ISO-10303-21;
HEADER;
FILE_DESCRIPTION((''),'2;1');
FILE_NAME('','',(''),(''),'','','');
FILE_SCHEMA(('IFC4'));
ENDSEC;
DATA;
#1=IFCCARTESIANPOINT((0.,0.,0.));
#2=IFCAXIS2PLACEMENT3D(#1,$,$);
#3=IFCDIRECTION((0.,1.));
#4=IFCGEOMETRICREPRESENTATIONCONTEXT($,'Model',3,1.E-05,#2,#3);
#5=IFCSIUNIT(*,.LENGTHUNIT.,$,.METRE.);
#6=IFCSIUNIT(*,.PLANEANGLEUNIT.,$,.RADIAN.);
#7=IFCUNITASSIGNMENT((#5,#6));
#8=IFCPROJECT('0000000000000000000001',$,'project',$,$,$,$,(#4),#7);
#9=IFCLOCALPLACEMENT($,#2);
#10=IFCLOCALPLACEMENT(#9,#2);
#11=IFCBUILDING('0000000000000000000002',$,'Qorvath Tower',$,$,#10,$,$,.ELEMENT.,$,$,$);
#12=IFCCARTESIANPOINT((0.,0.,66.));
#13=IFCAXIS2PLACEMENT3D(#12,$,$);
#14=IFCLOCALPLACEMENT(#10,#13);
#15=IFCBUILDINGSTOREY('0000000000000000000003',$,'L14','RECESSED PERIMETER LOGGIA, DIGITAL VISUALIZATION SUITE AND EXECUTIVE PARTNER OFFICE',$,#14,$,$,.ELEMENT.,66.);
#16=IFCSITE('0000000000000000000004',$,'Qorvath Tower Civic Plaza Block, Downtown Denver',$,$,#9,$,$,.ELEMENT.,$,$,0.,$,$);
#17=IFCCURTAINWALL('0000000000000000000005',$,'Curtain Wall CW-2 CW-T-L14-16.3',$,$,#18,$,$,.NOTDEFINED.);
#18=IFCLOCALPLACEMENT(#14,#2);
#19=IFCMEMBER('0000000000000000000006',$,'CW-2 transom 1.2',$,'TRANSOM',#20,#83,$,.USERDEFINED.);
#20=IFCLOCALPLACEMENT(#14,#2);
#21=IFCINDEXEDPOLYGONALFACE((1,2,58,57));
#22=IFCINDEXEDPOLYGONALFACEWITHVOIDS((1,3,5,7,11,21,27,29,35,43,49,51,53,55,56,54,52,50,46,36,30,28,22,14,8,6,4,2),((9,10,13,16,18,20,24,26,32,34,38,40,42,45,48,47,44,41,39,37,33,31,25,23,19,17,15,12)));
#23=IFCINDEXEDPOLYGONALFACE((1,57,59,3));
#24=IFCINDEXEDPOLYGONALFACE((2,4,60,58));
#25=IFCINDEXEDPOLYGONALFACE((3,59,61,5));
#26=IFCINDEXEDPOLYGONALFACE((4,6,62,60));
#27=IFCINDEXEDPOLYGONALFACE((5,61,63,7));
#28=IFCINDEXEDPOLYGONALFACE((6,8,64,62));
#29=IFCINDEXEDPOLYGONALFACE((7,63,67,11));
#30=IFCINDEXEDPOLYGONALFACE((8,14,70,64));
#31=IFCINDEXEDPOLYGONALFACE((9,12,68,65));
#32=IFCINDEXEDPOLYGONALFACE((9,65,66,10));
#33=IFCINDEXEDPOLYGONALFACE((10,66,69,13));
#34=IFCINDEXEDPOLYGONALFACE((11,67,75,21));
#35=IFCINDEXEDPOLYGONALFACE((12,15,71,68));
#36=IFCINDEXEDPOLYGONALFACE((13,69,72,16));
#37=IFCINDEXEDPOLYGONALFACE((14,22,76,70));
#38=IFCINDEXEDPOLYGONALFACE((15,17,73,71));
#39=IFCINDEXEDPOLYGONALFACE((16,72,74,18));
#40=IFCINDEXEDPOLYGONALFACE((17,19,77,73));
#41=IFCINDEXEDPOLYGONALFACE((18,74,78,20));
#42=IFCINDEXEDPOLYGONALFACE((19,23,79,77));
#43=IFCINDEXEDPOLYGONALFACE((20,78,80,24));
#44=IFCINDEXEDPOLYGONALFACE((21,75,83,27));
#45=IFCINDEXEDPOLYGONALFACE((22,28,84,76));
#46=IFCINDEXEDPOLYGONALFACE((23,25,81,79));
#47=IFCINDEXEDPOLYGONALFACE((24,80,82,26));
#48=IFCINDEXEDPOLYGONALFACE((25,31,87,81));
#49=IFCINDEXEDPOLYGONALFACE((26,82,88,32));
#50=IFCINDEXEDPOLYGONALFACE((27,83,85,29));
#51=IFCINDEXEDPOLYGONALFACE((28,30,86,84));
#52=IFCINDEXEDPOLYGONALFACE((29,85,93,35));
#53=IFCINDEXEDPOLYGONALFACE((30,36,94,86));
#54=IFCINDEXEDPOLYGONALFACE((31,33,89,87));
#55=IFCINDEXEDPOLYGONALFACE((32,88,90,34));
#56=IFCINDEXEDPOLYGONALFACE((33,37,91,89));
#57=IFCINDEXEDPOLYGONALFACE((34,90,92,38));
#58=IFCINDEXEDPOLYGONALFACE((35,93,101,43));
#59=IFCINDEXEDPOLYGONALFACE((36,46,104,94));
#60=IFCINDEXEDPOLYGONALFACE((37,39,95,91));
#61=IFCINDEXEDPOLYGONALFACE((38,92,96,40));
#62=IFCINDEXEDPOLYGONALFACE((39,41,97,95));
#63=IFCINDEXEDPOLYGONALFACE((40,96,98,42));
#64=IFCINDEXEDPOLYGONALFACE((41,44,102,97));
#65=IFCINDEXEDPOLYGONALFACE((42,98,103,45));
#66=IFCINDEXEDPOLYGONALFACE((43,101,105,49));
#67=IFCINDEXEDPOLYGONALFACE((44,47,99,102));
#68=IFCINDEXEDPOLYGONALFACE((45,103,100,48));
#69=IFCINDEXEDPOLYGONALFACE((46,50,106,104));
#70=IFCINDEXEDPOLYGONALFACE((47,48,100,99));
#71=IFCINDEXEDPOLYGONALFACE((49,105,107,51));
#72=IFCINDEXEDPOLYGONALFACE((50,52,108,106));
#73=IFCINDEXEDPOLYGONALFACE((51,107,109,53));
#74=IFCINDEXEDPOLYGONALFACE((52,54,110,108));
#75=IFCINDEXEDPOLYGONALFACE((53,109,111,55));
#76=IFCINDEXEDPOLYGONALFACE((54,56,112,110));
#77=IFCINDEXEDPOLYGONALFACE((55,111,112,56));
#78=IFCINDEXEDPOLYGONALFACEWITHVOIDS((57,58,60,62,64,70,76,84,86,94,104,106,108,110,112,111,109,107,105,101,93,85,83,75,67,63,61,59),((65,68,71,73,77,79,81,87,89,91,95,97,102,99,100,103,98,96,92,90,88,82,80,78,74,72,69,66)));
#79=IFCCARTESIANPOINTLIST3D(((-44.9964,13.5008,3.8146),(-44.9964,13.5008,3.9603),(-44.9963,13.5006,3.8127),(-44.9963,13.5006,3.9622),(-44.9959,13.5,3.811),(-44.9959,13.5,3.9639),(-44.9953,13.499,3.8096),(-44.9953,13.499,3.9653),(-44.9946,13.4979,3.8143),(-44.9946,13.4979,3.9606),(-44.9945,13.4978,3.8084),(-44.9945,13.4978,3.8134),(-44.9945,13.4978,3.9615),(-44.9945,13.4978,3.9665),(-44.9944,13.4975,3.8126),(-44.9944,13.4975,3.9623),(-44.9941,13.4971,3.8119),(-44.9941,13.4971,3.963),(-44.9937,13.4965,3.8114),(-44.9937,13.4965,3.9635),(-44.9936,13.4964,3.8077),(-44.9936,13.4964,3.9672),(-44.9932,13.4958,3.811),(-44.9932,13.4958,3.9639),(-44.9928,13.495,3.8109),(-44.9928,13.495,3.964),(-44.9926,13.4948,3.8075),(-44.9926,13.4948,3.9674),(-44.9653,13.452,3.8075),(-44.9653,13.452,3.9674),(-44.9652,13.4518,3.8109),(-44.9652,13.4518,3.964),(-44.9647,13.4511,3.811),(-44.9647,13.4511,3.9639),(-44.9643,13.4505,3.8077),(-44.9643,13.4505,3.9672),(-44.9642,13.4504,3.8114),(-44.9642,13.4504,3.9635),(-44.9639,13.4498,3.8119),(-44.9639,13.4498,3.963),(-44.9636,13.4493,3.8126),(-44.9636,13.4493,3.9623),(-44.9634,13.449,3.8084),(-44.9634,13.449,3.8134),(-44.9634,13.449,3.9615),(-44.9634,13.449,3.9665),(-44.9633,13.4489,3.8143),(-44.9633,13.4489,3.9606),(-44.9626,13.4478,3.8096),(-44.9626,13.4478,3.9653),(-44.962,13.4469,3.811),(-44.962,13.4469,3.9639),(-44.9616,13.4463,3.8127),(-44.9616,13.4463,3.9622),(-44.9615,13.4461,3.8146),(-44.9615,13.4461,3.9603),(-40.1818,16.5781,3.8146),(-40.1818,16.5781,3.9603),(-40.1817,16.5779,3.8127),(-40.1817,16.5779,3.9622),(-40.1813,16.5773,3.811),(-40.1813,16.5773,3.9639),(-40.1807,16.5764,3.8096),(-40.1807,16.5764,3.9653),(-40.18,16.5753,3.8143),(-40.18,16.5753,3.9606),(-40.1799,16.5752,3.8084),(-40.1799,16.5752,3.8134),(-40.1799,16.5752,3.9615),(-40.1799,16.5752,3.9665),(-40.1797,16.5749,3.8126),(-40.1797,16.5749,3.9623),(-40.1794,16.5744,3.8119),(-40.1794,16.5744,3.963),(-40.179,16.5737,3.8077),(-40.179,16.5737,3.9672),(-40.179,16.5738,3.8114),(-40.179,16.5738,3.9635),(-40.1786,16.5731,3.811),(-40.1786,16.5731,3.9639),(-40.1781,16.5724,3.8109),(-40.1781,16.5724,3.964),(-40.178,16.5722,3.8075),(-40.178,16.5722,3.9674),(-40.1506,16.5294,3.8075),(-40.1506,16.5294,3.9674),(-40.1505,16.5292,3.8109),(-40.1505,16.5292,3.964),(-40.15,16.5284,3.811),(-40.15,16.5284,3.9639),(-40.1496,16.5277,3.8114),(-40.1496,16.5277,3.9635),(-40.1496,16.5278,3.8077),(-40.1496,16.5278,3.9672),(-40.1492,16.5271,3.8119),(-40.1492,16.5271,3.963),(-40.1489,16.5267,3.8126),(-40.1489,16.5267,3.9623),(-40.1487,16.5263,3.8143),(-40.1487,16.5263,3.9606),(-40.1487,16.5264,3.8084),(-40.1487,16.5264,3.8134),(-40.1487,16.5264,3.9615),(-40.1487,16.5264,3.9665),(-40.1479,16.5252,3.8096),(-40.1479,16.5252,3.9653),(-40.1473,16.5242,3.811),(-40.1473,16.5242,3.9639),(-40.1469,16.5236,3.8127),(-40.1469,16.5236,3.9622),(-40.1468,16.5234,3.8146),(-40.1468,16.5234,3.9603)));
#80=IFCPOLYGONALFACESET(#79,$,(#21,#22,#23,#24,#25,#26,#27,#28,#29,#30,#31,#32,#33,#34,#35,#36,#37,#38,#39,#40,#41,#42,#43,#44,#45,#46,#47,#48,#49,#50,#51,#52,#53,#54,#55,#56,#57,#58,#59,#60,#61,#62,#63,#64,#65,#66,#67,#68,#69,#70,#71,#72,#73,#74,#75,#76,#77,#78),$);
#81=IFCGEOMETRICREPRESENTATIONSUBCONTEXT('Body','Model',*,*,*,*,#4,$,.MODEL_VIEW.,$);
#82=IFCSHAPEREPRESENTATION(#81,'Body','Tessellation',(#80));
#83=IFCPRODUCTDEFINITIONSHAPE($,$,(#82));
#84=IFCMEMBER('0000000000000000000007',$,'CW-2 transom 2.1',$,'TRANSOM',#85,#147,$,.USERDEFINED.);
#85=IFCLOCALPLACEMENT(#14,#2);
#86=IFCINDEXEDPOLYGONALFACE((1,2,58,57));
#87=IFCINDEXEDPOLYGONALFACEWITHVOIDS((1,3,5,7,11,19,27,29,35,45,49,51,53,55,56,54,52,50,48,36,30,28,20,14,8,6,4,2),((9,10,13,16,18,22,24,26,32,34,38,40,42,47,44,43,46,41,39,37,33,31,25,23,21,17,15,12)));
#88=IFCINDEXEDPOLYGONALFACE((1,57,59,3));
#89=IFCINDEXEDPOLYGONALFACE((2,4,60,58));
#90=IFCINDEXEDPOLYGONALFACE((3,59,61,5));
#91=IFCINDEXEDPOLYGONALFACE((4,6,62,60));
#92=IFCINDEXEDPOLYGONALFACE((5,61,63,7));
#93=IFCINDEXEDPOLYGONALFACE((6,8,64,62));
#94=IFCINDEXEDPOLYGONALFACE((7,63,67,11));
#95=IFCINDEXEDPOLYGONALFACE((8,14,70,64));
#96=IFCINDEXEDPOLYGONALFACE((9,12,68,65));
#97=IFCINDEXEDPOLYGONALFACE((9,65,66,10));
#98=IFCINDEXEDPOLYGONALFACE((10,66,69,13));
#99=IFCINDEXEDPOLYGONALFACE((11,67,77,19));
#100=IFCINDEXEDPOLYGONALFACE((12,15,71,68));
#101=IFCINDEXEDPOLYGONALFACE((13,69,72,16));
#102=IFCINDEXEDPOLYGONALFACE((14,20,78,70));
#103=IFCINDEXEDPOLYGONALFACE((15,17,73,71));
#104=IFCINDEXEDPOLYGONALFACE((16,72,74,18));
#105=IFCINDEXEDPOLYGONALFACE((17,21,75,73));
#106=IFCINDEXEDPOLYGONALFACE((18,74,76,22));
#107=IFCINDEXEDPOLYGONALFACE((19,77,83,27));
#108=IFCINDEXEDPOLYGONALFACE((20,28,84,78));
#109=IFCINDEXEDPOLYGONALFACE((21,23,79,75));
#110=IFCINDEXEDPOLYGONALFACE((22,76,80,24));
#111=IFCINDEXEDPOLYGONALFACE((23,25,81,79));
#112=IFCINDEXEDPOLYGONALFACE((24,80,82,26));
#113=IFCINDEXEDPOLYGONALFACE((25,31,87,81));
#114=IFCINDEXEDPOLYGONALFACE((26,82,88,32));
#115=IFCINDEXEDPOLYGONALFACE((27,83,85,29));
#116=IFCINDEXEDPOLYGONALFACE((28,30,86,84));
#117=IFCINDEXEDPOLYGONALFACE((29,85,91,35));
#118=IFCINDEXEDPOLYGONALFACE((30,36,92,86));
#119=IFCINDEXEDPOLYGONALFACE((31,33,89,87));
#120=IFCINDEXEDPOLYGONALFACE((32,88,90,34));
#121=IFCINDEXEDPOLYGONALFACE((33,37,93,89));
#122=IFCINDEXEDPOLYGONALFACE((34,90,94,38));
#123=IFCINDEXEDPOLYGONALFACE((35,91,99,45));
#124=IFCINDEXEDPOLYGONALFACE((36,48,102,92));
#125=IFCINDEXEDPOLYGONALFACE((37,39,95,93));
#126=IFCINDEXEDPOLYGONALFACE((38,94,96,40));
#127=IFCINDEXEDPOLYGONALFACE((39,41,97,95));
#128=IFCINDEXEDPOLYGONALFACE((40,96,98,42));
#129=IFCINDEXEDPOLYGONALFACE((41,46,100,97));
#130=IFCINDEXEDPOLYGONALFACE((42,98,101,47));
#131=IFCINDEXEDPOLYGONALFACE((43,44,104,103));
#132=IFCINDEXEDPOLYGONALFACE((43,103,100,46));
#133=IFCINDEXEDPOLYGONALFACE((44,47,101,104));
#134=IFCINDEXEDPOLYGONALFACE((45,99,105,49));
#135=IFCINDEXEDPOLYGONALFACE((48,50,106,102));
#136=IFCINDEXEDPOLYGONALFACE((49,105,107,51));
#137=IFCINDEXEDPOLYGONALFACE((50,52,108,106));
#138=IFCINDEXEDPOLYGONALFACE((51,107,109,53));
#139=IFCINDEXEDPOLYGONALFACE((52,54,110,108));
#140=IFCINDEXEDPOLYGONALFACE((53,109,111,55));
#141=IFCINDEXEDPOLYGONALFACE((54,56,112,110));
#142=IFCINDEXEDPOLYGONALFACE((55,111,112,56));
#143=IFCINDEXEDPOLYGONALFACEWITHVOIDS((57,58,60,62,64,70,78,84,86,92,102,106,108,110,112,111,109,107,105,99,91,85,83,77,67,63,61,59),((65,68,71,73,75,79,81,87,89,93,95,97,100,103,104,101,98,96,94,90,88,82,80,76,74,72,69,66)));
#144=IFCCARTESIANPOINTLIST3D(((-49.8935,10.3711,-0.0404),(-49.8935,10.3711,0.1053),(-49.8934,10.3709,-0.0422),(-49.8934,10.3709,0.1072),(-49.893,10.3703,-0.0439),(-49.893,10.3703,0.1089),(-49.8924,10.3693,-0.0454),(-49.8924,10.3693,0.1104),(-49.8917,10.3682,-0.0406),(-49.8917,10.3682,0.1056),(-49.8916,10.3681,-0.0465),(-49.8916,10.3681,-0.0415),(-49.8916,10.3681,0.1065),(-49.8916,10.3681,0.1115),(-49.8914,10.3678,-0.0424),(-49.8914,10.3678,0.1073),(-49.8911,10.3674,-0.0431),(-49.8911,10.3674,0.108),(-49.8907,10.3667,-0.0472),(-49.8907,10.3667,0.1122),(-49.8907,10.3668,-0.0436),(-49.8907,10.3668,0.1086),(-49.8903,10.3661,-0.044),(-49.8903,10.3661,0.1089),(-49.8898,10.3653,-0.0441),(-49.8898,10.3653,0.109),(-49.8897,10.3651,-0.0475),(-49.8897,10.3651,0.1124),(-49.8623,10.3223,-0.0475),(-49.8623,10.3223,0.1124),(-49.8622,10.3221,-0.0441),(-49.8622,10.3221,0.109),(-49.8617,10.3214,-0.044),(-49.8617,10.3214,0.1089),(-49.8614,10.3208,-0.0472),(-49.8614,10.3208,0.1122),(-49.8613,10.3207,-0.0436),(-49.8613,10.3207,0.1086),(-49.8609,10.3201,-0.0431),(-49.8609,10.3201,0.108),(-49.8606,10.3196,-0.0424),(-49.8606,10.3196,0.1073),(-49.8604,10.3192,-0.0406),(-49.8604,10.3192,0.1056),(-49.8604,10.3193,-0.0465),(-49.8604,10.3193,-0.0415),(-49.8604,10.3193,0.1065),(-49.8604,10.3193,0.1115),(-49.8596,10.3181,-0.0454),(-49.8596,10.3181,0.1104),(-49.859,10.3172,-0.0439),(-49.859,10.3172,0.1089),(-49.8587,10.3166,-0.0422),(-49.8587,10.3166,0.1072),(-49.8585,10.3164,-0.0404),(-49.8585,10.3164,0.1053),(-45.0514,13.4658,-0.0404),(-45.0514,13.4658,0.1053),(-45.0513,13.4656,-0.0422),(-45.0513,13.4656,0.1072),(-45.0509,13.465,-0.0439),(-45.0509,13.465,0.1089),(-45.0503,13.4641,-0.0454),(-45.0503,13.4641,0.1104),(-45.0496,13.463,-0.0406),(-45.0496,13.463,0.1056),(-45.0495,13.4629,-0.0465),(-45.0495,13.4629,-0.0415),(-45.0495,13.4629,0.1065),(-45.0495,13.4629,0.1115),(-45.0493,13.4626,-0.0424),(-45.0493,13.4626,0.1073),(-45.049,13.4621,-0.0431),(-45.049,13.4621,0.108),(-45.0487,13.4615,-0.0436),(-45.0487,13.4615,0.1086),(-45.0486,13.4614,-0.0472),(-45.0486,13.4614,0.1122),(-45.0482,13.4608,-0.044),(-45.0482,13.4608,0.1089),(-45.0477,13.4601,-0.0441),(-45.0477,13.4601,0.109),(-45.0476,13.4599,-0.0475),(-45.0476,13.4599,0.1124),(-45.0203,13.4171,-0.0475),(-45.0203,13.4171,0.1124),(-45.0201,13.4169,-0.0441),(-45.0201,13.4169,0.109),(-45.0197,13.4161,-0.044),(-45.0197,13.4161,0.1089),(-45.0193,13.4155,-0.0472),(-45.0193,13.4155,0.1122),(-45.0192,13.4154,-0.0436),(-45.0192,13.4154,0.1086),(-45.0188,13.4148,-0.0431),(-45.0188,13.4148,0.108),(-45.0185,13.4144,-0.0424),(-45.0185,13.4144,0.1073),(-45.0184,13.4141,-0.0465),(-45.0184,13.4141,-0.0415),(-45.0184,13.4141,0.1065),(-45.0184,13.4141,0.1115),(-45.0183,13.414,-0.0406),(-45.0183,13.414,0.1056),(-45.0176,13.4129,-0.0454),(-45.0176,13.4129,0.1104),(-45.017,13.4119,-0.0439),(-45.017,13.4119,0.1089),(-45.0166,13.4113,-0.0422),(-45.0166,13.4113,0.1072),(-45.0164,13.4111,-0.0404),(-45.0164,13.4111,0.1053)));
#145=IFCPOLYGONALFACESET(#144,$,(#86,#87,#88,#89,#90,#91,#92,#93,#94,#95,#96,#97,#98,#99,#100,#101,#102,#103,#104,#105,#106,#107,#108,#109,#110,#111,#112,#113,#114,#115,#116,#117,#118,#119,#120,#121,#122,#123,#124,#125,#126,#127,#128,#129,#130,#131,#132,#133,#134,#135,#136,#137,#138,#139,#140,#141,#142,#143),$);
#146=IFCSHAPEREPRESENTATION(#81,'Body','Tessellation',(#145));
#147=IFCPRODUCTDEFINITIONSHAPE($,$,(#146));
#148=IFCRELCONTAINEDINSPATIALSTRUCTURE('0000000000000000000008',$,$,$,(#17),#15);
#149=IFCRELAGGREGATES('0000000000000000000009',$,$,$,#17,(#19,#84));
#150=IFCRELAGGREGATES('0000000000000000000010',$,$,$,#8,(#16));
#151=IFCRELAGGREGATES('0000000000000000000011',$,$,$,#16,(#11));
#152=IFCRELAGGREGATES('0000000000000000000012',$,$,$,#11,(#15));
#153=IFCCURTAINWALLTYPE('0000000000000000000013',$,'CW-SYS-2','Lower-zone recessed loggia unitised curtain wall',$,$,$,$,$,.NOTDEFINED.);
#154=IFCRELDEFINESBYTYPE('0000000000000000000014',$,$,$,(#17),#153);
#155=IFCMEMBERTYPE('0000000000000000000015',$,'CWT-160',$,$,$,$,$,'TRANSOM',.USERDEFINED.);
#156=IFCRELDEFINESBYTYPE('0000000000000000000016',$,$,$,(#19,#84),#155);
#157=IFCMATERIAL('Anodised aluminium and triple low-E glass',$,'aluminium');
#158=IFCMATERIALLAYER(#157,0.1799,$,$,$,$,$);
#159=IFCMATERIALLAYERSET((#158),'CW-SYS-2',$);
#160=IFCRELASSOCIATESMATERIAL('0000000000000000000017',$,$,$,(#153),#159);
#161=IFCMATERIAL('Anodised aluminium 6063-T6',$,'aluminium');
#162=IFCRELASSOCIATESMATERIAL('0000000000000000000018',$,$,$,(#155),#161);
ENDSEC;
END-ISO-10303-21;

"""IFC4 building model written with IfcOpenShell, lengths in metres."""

from ifc_helpers import new_model, si_unit, direction, frame, origin, origin_2d, place, context, subcontext, project, spatial, hollow_rectangle, extrude, material, layer, layer_set, material_profile, profile_set, type_object, element, aggregate, save


model = new_model("IFC4")

# Units and contexts
model_context = context("Model", 3, precision=1e-05, world=origin(), true_north=direction((0.0, 1.0)))
body_context = subcontext(model_context, "Body", "Model", "MODEL_VIEW")
ifc_project = project(units=[si_unit("LENGTHUNIT", "METRE"), si_unit("PLANEANGLEUNIT", "RADIAN")], contexts=[model_context])

# Site, building, storey
site_placement = place(None, origin())
site = spatial("IfcSite", under=ifc_project, at=site_placement, Name="Qorvath Tower Civic Plaza Block, Downtown Denver", CompositionType="ELEMENT", RefElevation=0.0)
building_placement = place(site_placement, origin())
building = spatial("IfcBuilding", under=site, at=building_placement, Name="Qorvath Tower", CompositionType="ELEMENT")
storey_placement = place(building_placement, frame((0.0, 0.0, 66.0)))
storey = spatial("IfcBuildingStorey", under=building, at=storey_placement, Name="L14", Description="RECESSED PERIMETER LOGGIA, DIGITAL VISUALIZATION SUITE AND EXECUTIVE PARTNER OFFICE", CompositionType="ELEMENT", Elevation=66.0)

# Shared definitions
ifc_material_1 = material(Name="Anodised aluminium and triple low-E glass", Category="aluminium")
ifc_layer_1 = layer(ifc_material_1, 0.1799)
ifc_layer_set_1 = layer_set([ifc_layer_1], Name="CW-SYS-2")
curtain_wall_type = type_object("IfcCurtainWallType", Name="CW-SYS-2", Description="Lower-zone recessed loggia unitised curtain wall", PredefinedType="NOTDEFINED", material=ifc_layer_set_1)

# Curtain wall, members
curtain_wall_1_placement = place(storey_placement, origin())
curtain_wall_1 = element("IfcCurtainWall", 1, at=curtain_wall_1_placement, inside=storey, type_object=curtain_wall_type, Name="Curtain Wall CW-2 CW-T-L14-16.3", PredefinedType="NOTDEFINED")
ifc_material_2 = material(Name="Anodised aluminium 6063-T6", Category="aluminium")
ifc_material_profile_1 = material_profile(ifc_material_2, hollow_rectangle(XDim=0.0649, YDim=0.1599, WallThickness=0.0034, InnerFilletRadius=0.0034, OuterFilletRadius=0.0071, at=origin_2d()), Name="CWT 160x65")
ifc_profile_set_1 = profile_set([ifc_material_profile_1], Name="Anodised aluminium 6063-T6")
member_type_1 = type_object("IfcMemberType", Name="CWT-160", ElementType="TRANSOM", PredefinedType="USERDEFINED", material=ifc_profile_set_1)
member_1_placement = place(storey_placement, frame((-40.1643, 16.5508, 3.8875), z_axis=(-0.84259, -0.538555, 0.0), x_axis=(0.538555, -0.84259, 0.0)))
member_1 = element("IfcMember", 2, at=member_1_placement, type_object=member_type_1, Name="CW-2 transom 1.2", ObjectType="TRANSOM", PredefinedType="USERDEFINED", context=body_context, shape_type="SweptSolid", body=[
    extrude(hollow_rectangle(XDim=0.0649, YDim=0.1599, WallThickness=0.0034, InnerFilletRadius=0.0034, OuterFilletRadius=0.0071, at=origin_2d()), origin(), (0.0, 0.0, 1.0), 5.7141),
])
member_2_placement = place(storey_placement, frame((-45.0339, 13.4385, 0.0325), z_axis=(-0.842601, -0.538538, 0.0), x_axis=(0.538538, -0.842601, 0.0)))
member_2 = element("IfcMember", 3, at=member_2_placement, type_object=member_type_1, Name="CW-2 transom 2.1", ObjectType="TRANSOM", PredefinedType="USERDEFINED", context=body_context, shape_type="SweptSolid", body=[
    extrude(hollow_rectangle(XDim=0.0649, YDim=0.1599, WallThickness=0.0034, InnerFilletRadius=0.0034, OuterFilletRadius=0.0071, at=origin_2d()), origin(), (0.0, 0.0, 1.0), 5.7466),
])
aggregate(curtain_wall_1, [member_1, member_2])

save(model, "model.ifc")
